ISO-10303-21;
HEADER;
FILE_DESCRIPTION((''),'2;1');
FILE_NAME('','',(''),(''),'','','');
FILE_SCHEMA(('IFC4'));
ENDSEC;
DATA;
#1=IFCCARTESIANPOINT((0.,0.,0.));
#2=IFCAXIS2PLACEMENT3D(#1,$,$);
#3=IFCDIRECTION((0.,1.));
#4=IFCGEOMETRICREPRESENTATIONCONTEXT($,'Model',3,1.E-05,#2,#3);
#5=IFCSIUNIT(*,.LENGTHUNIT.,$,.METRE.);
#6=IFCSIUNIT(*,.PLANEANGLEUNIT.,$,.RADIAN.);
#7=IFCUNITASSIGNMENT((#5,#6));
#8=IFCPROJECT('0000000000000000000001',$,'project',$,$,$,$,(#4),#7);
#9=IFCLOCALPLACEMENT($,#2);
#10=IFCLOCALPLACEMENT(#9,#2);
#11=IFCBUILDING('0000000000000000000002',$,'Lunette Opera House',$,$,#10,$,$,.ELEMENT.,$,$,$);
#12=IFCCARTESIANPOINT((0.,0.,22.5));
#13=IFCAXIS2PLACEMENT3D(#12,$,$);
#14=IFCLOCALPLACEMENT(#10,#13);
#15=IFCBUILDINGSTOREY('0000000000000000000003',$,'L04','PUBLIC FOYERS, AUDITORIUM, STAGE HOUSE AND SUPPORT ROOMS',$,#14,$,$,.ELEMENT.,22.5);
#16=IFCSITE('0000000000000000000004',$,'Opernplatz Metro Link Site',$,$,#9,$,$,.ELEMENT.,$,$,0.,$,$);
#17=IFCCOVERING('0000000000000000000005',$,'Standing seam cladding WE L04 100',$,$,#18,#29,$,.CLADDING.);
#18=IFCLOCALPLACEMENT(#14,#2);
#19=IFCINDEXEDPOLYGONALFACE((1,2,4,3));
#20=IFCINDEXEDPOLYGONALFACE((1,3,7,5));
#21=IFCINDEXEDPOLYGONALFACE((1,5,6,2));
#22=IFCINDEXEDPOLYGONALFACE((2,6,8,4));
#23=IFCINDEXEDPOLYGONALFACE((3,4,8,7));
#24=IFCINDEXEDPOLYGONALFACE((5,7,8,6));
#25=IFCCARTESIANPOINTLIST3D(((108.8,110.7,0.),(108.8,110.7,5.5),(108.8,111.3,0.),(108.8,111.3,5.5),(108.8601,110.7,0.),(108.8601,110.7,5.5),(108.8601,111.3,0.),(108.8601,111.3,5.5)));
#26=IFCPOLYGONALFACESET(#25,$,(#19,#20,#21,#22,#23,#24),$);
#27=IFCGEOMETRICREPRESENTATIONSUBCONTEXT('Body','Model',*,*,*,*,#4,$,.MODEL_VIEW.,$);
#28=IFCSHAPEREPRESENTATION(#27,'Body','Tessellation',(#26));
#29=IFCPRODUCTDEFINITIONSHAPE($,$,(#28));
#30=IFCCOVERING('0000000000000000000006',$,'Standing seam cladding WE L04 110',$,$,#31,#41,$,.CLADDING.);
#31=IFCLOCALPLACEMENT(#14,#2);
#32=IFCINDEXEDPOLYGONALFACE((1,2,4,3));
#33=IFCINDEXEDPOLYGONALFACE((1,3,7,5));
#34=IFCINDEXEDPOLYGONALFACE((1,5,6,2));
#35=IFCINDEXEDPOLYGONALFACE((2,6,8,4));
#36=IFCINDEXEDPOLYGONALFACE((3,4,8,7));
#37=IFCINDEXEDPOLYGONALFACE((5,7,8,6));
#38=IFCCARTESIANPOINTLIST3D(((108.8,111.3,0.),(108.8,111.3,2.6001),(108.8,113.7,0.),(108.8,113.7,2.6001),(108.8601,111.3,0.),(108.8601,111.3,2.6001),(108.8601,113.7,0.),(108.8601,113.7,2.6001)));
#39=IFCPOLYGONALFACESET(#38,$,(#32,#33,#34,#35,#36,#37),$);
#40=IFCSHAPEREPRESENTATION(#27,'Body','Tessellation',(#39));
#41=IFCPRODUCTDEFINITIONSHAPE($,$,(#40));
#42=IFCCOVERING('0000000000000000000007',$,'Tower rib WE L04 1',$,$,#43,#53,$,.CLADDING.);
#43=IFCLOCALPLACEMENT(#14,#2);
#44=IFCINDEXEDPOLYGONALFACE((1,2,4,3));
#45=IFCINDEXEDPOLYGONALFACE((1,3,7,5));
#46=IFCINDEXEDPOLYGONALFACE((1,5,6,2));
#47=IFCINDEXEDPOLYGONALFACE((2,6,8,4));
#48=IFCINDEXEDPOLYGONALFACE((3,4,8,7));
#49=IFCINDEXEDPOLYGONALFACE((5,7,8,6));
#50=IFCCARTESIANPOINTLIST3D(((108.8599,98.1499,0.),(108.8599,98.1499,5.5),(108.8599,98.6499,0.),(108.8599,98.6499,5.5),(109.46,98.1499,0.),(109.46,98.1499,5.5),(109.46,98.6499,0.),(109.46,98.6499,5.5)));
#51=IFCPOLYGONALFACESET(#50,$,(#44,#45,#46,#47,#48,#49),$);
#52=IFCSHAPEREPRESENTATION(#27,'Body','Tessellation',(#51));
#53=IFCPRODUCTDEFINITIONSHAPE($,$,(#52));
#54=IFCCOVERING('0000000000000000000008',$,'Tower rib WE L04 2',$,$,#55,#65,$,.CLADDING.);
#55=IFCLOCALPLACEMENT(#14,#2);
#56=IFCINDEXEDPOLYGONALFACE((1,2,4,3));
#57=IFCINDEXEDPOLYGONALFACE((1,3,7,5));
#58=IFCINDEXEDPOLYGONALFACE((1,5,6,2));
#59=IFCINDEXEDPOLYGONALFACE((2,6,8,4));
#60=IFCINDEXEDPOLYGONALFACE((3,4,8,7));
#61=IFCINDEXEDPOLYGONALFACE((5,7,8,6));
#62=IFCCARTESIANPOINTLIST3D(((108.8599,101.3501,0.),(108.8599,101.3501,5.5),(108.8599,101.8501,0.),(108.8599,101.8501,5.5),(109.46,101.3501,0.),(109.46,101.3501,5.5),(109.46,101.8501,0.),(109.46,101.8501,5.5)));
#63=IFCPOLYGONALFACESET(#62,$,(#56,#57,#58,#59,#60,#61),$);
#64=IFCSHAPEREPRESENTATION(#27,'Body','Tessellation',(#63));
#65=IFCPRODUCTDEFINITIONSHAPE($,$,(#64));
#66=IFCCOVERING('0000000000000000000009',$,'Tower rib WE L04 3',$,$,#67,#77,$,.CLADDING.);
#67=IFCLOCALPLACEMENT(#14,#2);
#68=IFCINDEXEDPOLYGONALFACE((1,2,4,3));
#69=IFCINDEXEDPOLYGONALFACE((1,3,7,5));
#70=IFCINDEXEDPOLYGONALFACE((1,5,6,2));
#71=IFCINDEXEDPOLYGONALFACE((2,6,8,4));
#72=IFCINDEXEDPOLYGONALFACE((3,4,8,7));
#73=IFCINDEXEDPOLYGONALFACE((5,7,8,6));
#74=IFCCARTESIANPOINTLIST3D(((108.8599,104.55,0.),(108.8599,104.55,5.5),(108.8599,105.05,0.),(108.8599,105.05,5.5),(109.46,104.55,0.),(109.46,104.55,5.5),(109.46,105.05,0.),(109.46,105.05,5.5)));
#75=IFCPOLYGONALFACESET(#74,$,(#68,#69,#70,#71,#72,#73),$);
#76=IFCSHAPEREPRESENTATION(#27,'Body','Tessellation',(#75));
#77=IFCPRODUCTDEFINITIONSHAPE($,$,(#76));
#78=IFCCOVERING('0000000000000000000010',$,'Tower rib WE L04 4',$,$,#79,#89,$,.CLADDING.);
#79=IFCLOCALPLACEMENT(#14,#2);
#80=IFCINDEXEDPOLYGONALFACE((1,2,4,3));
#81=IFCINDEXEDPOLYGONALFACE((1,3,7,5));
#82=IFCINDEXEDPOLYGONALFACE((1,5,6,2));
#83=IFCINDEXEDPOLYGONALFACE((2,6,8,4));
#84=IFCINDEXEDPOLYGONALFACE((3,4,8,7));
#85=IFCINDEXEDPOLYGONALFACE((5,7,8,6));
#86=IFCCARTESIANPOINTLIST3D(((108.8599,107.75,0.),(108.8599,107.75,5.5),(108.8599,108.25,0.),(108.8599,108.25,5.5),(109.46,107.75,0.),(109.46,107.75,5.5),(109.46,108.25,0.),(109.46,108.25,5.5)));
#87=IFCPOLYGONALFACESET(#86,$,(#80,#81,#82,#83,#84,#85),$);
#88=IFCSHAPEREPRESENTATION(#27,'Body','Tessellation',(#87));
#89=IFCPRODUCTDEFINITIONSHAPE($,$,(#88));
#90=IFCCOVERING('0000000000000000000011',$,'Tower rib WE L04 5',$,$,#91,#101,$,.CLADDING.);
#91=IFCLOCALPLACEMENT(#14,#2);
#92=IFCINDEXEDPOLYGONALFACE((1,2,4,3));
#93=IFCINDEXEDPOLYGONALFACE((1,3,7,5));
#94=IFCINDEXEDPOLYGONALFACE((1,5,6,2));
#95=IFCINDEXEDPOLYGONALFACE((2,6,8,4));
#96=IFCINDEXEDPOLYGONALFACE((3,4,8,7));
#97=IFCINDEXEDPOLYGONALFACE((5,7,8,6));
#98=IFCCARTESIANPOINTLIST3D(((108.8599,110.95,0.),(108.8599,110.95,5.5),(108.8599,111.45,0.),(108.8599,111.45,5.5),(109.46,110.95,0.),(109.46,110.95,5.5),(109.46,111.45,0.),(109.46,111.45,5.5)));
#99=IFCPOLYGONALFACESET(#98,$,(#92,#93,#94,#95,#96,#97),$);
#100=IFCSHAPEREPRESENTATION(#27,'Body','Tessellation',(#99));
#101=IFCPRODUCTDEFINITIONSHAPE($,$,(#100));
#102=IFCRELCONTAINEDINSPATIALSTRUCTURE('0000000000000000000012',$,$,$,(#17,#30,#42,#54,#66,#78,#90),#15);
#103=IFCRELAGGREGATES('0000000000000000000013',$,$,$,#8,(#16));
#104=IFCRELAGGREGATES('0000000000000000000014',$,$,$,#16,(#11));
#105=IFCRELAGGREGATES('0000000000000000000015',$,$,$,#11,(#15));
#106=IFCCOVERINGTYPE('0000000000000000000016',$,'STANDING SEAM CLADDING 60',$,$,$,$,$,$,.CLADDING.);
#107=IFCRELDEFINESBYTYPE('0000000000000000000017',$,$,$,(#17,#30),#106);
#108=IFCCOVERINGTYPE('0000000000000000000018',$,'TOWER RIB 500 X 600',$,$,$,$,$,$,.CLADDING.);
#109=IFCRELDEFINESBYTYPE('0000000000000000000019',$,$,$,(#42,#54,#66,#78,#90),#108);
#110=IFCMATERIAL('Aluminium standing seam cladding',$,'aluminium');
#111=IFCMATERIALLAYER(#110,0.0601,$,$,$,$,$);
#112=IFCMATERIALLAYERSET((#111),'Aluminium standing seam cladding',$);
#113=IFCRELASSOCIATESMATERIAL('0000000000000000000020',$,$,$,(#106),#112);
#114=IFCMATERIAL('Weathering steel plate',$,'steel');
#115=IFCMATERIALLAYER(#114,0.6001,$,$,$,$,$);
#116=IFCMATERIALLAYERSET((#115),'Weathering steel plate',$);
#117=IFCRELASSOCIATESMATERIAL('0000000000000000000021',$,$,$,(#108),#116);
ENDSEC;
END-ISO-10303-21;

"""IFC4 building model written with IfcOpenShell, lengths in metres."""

from ifc_helpers import new_model, si_unit, direction, frame, origin, origin_2d, place, context, subcontext, project, spatial, rectangle, extrude, material, layer, layer_set, type_object, element, save


model = new_model("IFC4")

# Units and contexts
model_context = context("Model", 3, precision=1e-05, world=origin(), true_north=direction((0.0, 1.0)))
body_context = subcontext(model_context, "Body", "Model", "MODEL_VIEW")
ifc_project = project(units=[si_unit("LENGTHUNIT", "METRE"), si_unit("PLANEANGLEUNIT", "RADIAN")], contexts=[model_context])

# Site, building, storey
site_placement = place(None, origin())
site = spatial("IfcSite", under=ifc_project, at=site_placement, Name="Opernplatz Metro Link Site", CompositionType="ELEMENT", RefElevation=0.0)
building_placement = place(site_placement, origin())
building = spatial("IfcBuilding", under=site, at=building_placement, Name="Lunette Opera House", CompositionType="ELEMENT")
storey_placement = place(building_placement, frame((0.0, 0.0, 22.5)))
storey = spatial("IfcBuildingStorey", under=building, at=storey_placement, Name="L04", Description="PUBLIC FOYERS, AUDITORIUM, STAGE HOUSE AND SUPPORT ROOMS", CompositionType="ELEMENT", Elevation=22.5)

# Coverings
ifc_material_1 = material(Name="Aluminium standing seam cladding", Category="aluminium")
ifc_layer_1 = layer(ifc_material_1, 0.0601)
ifc_layer_set_1 = layer_set([ifc_layer_1], Name="Aluminium standing seam cladding")
covering_type_1 = type_object("IfcCoveringType", Name="STANDING SEAM CLADDING 60", PredefinedType="CLADDING", material=ifc_layer_set_1)
covering_1_placement = place(storey_placement, frame((108.8301, 111.0, 0.0), z_axis=(0.0, 0.0, 1.0), x_axis=(0.0, 1.0, 0.0)))
element("IfcCovering", 1, at=covering_1_placement, inside=storey, type_object=covering_type_1, Name="Standing seam cladding WE L04 100", PredefinedType="CLADDING", context=body_context, shape_type="SweptSolid", body=[
    extrude(rectangle(XDim=0.6001, YDim=0.0601, at=origin_2d()), origin(), (0.0, 0.0, 1.0), 5.5),
])
covering_2_placement = place(storey_placement, frame((108.8301, 112.5, 0.0), z_axis=(0.0, 0.0, 1.0), x_axis=(0.0, 1.0, 0.0)))
element("IfcCovering", 2, at=covering_2_placement, inside=storey, type_object=covering_type_1, Name="Standing seam cladding WE L04 110", PredefinedType="CLADDING", context=body_context, shape_type="SweptSolid", body=[
    extrude(rectangle(XDim=2.3999, YDim=0.0601, at=origin_2d()), origin(), (0.0, 0.0, 1.0), 2.6001),
])
ifc_material_2 = material(Name="Weathering steel plate", Category="steel")
ifc_layer_2 = layer(ifc_material_2, 0.6001)
ifc_layer_set_2 = layer_set([ifc_layer_2], Name="Weathering steel plate")
covering_type_2 = type_object("IfcCoveringType", Name="TOWER RIB 500 X 600", PredefinedType="CLADDING", material=ifc_layer_set_2)
for number, where, z_axis, x_axis, name in (
    (3, (109.1599, 98.3999, 0.0), (0.0, 0.0, 1.0), (0.0, 1.0, 0.0), "Tower rib WE L04 1"),
    (4, (109.1599, 101.6001, 0.0), (0.0, 0.0, 1.0), (0.0, 1.0, 0.0), "Tower rib WE L04 2"),
    (5, (109.1599, 104.8, 0.0), (0.0, 0.0, 1.0), (0.0, 1.0, 0.0), "Tower rib WE L04 3"),
    (6, (109.1599, 108.0, 0.0), (0.0, 0.0, 1.0), (0.0, 1.0, 0.0), "Tower rib WE L04 4"),
    (7, (109.1599, 111.2, 0.0), (0.0, 0.0, 1.0), (0.0, 1.0, 0.0), "Tower rib WE L04 5"),
):
    element("IfcCovering", number, at=place(storey_placement, frame(where, z_axis=z_axis, x_axis=x_axis)), inside=storey, type_object=covering_type_2, Name=name, PredefinedType="CLADDING", context=body_context, shape_type="SweptSolid", body=[
        extrude(rectangle(XDim=0.5, YDim=0.6001, at=origin_2d()), origin(), (0.0, 0.0, 1.0), 5.5),
    ])

save(model, "model.ifc")
